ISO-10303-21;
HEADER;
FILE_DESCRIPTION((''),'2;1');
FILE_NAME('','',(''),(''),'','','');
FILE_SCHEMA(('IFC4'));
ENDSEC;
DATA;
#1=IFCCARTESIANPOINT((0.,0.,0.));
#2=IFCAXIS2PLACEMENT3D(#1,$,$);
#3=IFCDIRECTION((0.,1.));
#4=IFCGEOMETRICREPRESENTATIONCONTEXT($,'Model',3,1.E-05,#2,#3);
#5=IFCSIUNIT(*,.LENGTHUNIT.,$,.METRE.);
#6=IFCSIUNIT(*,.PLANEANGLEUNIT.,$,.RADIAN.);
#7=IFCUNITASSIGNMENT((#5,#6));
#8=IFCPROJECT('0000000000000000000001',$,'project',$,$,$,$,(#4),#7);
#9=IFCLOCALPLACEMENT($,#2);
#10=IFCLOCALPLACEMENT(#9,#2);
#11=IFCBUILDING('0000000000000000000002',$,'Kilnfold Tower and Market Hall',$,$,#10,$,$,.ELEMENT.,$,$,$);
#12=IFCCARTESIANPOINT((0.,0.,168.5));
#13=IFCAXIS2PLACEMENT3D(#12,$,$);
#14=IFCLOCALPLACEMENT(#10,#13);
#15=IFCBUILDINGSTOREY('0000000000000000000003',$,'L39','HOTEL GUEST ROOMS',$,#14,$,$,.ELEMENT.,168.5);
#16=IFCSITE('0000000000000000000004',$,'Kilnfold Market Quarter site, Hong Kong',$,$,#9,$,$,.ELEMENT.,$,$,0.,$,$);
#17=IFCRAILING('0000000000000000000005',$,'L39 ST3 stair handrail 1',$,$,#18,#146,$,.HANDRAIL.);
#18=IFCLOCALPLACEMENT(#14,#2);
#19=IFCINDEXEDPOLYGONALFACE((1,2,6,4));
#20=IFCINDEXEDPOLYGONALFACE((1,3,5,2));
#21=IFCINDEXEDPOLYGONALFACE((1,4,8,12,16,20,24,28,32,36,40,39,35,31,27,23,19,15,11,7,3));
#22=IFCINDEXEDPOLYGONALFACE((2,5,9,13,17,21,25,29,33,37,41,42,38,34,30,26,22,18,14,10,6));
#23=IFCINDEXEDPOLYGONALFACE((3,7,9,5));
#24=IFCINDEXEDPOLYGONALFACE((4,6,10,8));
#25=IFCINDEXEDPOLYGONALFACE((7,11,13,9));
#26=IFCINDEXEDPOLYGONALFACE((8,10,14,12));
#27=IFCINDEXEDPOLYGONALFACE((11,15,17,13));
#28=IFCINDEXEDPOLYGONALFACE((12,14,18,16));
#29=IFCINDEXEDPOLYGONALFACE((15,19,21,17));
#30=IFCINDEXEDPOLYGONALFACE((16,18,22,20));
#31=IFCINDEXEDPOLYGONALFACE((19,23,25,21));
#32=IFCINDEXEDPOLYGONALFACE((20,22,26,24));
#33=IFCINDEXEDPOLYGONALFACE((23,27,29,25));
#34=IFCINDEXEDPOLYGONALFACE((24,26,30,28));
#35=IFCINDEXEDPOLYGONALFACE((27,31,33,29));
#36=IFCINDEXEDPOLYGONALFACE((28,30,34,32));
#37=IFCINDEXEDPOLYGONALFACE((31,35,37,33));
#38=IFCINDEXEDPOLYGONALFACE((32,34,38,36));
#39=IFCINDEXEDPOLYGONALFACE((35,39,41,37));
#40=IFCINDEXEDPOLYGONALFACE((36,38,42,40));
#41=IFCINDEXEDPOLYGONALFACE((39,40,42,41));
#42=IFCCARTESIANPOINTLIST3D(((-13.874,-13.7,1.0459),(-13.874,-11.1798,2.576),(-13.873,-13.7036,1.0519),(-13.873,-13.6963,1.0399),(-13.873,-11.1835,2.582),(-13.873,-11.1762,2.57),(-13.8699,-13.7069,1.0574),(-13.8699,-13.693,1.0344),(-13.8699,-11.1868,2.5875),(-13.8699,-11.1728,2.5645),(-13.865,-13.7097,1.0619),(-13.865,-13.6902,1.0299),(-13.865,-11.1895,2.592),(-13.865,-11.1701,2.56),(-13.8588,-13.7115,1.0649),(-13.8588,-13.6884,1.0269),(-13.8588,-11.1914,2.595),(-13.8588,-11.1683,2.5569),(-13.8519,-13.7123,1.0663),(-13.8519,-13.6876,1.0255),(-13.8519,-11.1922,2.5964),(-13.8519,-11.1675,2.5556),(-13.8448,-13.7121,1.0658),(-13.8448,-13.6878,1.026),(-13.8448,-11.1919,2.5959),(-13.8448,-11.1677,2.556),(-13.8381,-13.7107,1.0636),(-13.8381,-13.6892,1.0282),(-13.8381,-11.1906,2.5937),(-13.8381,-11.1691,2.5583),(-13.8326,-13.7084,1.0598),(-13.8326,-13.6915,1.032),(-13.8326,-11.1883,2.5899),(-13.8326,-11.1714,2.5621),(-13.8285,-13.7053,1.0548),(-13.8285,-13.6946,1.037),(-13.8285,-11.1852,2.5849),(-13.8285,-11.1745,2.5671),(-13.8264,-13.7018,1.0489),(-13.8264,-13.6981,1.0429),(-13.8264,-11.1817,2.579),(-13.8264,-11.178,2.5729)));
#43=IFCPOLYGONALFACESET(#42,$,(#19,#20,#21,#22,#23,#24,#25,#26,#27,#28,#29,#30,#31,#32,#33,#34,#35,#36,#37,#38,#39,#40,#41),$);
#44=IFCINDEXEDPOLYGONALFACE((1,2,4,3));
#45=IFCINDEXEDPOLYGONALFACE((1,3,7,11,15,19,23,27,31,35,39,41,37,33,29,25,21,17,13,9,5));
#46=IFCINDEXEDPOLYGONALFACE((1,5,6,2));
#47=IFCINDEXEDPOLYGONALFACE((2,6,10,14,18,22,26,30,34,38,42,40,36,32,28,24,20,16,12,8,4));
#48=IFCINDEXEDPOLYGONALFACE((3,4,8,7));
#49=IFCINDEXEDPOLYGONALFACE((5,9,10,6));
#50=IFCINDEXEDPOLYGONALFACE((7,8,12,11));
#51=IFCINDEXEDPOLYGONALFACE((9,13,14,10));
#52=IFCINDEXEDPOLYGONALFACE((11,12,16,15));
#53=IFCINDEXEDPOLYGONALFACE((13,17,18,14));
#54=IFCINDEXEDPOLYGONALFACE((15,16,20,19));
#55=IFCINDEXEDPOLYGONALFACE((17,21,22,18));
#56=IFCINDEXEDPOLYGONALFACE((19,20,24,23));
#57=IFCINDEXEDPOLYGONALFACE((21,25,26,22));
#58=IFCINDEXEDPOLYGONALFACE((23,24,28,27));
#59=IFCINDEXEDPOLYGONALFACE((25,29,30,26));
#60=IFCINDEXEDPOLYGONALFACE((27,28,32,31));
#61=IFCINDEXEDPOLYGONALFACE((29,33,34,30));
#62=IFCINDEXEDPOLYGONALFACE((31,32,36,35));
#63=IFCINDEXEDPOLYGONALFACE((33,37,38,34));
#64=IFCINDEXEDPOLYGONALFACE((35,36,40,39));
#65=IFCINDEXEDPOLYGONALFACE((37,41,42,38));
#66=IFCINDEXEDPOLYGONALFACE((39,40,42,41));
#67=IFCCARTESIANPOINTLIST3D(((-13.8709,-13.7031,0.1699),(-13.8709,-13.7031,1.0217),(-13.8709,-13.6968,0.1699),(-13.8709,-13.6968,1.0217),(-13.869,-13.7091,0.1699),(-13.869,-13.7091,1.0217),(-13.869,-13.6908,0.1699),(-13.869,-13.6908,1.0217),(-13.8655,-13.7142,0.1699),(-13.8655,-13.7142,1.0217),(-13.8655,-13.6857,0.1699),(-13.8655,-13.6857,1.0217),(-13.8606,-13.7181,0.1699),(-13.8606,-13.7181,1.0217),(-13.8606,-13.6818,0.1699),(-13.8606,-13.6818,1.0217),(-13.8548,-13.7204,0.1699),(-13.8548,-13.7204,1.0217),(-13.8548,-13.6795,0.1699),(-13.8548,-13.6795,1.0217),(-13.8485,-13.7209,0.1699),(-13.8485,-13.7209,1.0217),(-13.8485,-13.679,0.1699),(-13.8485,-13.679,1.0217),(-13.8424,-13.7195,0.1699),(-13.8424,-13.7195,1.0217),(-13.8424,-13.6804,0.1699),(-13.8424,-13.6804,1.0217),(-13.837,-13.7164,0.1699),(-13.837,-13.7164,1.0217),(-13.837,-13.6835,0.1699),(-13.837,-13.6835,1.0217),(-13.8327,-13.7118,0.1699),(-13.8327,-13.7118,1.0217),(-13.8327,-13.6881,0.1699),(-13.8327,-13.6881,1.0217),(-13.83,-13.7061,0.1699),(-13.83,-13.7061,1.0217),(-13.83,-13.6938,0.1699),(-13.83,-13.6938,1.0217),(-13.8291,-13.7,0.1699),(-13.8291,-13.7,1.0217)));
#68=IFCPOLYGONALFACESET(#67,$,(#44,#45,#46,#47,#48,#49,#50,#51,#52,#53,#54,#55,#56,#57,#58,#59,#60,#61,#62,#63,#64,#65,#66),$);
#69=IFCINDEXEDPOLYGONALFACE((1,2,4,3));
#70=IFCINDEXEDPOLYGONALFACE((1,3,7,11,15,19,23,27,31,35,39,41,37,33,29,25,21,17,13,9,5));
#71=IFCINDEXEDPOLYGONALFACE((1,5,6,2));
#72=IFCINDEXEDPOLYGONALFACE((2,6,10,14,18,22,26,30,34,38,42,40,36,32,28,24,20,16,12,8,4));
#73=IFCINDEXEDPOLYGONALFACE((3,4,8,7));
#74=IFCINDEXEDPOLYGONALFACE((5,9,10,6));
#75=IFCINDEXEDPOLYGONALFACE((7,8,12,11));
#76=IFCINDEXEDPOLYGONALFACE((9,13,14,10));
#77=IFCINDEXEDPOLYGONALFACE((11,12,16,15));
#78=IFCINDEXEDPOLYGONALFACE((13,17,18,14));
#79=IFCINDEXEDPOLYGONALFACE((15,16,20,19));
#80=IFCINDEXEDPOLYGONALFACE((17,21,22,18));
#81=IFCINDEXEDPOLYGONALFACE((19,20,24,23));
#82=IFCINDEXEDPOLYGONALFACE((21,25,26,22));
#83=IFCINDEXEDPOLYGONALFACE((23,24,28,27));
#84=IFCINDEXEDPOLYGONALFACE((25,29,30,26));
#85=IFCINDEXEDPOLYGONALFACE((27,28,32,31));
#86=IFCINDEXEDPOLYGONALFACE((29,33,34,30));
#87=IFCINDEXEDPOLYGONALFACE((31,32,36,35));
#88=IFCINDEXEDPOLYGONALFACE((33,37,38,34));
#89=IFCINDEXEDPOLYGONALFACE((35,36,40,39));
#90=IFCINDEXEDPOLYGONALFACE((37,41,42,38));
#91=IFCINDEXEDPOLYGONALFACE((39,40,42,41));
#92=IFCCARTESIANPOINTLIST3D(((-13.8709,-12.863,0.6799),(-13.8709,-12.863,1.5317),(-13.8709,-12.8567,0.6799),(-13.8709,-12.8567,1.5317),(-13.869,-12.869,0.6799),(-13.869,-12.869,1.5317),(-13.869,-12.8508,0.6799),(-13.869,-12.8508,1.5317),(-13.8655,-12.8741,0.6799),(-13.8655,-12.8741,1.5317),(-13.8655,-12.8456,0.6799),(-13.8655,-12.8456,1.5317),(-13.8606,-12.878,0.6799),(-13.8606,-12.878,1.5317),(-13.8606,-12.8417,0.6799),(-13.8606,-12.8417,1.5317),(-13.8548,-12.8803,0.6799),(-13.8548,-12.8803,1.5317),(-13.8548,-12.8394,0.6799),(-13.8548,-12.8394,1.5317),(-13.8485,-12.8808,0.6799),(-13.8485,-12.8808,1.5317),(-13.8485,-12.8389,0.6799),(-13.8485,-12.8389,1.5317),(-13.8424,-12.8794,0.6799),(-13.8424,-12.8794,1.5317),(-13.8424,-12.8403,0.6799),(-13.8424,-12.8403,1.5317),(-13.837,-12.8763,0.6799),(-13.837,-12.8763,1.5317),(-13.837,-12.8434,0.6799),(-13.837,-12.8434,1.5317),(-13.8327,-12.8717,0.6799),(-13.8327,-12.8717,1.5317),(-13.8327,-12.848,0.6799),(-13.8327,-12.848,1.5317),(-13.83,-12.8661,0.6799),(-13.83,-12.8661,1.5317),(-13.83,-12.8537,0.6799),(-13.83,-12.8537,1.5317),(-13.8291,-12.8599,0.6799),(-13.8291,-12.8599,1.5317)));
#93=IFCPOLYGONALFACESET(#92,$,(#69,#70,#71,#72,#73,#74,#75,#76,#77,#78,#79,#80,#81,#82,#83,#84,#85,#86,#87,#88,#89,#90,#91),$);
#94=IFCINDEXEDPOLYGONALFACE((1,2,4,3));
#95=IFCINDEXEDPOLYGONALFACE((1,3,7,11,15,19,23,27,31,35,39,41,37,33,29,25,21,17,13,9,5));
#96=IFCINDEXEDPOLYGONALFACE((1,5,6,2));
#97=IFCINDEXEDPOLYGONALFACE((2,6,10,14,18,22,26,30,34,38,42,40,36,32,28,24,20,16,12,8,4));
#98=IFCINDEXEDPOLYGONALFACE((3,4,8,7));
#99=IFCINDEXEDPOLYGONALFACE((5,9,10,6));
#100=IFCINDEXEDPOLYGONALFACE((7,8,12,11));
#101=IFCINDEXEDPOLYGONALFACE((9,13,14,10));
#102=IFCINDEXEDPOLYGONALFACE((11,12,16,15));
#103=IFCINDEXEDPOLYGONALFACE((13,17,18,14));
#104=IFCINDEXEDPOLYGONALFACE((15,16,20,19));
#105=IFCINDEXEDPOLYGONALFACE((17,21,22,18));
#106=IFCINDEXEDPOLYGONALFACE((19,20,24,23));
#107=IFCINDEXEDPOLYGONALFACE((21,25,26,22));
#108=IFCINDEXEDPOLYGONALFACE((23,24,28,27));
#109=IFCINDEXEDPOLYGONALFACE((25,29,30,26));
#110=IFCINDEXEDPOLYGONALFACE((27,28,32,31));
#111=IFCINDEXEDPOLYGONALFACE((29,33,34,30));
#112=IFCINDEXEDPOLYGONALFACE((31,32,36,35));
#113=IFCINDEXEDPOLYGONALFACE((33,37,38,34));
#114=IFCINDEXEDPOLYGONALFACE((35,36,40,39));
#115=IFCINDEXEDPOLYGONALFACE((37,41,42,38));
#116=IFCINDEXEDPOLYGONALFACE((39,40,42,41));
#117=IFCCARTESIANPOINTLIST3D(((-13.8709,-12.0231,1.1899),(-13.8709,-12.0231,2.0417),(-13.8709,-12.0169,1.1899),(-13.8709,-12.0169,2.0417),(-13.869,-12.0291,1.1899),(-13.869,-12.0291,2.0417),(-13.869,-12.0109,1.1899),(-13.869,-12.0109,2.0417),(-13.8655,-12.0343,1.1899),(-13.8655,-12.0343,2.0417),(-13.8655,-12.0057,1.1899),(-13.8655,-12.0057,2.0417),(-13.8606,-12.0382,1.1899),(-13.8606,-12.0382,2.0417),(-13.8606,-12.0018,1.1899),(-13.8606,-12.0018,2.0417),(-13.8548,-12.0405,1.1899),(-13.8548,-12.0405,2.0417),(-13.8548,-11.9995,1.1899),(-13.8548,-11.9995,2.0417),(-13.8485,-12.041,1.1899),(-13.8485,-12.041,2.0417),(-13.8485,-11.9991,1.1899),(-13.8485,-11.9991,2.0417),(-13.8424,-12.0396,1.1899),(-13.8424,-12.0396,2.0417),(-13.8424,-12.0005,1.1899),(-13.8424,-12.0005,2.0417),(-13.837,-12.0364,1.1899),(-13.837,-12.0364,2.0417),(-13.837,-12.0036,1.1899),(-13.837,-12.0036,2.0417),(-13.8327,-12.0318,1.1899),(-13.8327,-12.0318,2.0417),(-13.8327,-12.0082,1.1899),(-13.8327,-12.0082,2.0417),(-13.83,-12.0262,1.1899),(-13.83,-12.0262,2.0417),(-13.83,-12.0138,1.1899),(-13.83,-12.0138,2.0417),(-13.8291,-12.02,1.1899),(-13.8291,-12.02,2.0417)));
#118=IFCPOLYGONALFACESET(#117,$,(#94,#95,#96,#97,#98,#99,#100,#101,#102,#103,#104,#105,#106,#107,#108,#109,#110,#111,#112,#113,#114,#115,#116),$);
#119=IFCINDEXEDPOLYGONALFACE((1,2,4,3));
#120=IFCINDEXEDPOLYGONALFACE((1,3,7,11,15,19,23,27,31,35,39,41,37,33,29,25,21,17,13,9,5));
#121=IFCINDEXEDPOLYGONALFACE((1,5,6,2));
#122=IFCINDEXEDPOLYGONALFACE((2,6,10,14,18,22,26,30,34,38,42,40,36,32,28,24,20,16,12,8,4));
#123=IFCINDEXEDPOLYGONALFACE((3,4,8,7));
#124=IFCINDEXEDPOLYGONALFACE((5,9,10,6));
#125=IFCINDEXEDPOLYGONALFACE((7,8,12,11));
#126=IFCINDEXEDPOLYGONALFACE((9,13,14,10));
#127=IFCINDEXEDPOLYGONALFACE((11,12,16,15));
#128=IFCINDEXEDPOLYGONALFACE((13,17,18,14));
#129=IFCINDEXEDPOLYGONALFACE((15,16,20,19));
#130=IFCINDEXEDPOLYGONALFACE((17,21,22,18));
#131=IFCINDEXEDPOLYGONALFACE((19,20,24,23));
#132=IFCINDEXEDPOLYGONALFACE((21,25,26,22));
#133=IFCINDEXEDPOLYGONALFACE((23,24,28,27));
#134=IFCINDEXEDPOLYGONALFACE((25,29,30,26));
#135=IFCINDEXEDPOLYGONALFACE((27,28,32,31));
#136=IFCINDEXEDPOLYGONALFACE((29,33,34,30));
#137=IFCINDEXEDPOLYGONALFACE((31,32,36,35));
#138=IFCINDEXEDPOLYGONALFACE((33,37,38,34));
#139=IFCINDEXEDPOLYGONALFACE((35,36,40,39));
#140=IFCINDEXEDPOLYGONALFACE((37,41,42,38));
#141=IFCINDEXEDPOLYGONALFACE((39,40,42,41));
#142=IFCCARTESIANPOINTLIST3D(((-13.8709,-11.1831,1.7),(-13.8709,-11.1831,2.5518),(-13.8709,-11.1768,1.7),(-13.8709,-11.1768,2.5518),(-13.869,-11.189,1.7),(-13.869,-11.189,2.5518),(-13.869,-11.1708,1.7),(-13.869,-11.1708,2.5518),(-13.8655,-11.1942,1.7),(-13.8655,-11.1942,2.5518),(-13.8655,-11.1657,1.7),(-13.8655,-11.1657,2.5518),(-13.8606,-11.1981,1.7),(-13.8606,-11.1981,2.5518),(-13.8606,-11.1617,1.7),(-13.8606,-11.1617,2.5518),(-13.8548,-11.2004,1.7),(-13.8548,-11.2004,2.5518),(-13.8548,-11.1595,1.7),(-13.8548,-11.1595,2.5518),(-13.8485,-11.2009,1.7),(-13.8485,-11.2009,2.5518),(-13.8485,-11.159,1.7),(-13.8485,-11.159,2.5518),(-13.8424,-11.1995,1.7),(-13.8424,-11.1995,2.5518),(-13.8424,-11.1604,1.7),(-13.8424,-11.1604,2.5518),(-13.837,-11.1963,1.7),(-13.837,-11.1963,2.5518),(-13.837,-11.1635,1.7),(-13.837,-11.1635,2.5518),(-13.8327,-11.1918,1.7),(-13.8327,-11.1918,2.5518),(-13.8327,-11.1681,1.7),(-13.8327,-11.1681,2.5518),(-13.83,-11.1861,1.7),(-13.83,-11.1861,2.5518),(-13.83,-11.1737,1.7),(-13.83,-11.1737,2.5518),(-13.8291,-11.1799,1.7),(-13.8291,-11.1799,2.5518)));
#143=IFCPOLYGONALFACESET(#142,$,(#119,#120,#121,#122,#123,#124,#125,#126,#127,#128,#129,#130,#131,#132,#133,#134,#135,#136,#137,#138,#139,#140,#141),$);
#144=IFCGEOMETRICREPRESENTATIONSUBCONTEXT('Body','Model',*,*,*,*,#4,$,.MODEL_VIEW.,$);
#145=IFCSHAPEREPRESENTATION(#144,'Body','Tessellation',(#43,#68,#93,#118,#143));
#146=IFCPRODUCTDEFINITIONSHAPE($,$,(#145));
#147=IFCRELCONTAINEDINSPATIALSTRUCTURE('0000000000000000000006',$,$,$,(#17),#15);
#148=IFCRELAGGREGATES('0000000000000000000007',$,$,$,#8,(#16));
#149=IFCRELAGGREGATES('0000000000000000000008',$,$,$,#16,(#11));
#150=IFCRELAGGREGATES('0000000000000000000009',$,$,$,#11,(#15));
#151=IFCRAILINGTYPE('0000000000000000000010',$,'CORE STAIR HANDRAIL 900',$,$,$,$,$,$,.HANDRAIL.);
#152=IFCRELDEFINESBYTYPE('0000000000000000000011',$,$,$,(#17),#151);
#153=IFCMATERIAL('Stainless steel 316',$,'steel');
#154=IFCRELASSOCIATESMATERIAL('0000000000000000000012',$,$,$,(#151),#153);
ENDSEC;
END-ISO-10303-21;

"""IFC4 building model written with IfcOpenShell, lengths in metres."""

from ifc_helpers import new_model, si_unit, direction, frame, origin, origin_2d, place, context, subcontext, project, spatial, circle, extrude, material, type_object, element, save


model = new_model("IFC4")

# Units and contexts
model_context = context("Model", 3, precision=1e-05, world=origin(), true_north=direction((0.0, 1.0)))
body_context = subcontext(model_context, "Body", "Model", "MODEL_VIEW")
ifc_project = project(units=[si_unit("LENGTHUNIT", "METRE"), si_unit("PLANEANGLEUNIT", "RADIAN")], contexts=[model_context])

# Site, building, storey
site_placement = place(None, origin())
site = spatial("IfcSite", under=ifc_project, at=site_placement, Name="Kilnfold Market Quarter site, Hong Kong", CompositionType="ELEMENT", RefElevation=0.0)
building_placement = place(site_placement, origin())
building = spatial("IfcBuilding", under=site, at=building_placement, Name="Kilnfold Tower and Market Hall", CompositionType="ELEMENT")
storey_placement = place(building_placement, frame((0.0, 0.0, 168.5)))
storey = spatial("IfcBuildingStorey", under=building, at=storey_placement, Name="L39", Description="HOTEL GUEST ROOMS", CompositionType="ELEMENT", Elevation=168.5)

# Railing
ifc_material_1 = material(Name="Stainless steel 316", Category="steel")
railing_type_1 = type_object("IfcRailingType", Name="CORE STAIR HANDRAIL 900", PredefinedType="HANDRAIL", material=ifc_material_1)
railing_1_placement = place(storey_placement, frame((-13.8501, -13.7, 0.1699)))
element("IfcRailing", 1, at=railing_1_placement, inside=storey, type_object=railing_type_1, Name="L39 ST3 stair handrail 1", PredefinedType="HANDRAIL", context=body_context, shape_type="SweptSolid", body=[
    extrude(circle(Radius=0.0239, at=origin_2d()), frame((0.0, 0.0, 0.876), z_axis=(0.0, 0.854785, 0.518982), x_axis=(-1.0, 0.0, 0.0)), (0.0, 0.0, 1.0), 2.9482),
    extrude(circle(Radius=0.021, at=origin_2d()), origin(), (0.0, 0.0, 1.0), 0.8518),
    extrude(circle(Radius=0.021, at=origin_2d()), frame((0.0, 0.8401, 0.51)), (0.0, 0.0, 1.0), 0.8518),
    extrude(circle(Radius=0.021, at=origin_2d()), frame((0.0, 1.6799, 1.02)), (0.0, 0.0, 1.0), 0.8518),
    extrude(circle(Radius=0.021, at=origin_2d()), frame((0.0, 2.52, 1.53)), (0.0, 0.0, 1.0), 0.8518),
])

save(model, "model.ifc")
